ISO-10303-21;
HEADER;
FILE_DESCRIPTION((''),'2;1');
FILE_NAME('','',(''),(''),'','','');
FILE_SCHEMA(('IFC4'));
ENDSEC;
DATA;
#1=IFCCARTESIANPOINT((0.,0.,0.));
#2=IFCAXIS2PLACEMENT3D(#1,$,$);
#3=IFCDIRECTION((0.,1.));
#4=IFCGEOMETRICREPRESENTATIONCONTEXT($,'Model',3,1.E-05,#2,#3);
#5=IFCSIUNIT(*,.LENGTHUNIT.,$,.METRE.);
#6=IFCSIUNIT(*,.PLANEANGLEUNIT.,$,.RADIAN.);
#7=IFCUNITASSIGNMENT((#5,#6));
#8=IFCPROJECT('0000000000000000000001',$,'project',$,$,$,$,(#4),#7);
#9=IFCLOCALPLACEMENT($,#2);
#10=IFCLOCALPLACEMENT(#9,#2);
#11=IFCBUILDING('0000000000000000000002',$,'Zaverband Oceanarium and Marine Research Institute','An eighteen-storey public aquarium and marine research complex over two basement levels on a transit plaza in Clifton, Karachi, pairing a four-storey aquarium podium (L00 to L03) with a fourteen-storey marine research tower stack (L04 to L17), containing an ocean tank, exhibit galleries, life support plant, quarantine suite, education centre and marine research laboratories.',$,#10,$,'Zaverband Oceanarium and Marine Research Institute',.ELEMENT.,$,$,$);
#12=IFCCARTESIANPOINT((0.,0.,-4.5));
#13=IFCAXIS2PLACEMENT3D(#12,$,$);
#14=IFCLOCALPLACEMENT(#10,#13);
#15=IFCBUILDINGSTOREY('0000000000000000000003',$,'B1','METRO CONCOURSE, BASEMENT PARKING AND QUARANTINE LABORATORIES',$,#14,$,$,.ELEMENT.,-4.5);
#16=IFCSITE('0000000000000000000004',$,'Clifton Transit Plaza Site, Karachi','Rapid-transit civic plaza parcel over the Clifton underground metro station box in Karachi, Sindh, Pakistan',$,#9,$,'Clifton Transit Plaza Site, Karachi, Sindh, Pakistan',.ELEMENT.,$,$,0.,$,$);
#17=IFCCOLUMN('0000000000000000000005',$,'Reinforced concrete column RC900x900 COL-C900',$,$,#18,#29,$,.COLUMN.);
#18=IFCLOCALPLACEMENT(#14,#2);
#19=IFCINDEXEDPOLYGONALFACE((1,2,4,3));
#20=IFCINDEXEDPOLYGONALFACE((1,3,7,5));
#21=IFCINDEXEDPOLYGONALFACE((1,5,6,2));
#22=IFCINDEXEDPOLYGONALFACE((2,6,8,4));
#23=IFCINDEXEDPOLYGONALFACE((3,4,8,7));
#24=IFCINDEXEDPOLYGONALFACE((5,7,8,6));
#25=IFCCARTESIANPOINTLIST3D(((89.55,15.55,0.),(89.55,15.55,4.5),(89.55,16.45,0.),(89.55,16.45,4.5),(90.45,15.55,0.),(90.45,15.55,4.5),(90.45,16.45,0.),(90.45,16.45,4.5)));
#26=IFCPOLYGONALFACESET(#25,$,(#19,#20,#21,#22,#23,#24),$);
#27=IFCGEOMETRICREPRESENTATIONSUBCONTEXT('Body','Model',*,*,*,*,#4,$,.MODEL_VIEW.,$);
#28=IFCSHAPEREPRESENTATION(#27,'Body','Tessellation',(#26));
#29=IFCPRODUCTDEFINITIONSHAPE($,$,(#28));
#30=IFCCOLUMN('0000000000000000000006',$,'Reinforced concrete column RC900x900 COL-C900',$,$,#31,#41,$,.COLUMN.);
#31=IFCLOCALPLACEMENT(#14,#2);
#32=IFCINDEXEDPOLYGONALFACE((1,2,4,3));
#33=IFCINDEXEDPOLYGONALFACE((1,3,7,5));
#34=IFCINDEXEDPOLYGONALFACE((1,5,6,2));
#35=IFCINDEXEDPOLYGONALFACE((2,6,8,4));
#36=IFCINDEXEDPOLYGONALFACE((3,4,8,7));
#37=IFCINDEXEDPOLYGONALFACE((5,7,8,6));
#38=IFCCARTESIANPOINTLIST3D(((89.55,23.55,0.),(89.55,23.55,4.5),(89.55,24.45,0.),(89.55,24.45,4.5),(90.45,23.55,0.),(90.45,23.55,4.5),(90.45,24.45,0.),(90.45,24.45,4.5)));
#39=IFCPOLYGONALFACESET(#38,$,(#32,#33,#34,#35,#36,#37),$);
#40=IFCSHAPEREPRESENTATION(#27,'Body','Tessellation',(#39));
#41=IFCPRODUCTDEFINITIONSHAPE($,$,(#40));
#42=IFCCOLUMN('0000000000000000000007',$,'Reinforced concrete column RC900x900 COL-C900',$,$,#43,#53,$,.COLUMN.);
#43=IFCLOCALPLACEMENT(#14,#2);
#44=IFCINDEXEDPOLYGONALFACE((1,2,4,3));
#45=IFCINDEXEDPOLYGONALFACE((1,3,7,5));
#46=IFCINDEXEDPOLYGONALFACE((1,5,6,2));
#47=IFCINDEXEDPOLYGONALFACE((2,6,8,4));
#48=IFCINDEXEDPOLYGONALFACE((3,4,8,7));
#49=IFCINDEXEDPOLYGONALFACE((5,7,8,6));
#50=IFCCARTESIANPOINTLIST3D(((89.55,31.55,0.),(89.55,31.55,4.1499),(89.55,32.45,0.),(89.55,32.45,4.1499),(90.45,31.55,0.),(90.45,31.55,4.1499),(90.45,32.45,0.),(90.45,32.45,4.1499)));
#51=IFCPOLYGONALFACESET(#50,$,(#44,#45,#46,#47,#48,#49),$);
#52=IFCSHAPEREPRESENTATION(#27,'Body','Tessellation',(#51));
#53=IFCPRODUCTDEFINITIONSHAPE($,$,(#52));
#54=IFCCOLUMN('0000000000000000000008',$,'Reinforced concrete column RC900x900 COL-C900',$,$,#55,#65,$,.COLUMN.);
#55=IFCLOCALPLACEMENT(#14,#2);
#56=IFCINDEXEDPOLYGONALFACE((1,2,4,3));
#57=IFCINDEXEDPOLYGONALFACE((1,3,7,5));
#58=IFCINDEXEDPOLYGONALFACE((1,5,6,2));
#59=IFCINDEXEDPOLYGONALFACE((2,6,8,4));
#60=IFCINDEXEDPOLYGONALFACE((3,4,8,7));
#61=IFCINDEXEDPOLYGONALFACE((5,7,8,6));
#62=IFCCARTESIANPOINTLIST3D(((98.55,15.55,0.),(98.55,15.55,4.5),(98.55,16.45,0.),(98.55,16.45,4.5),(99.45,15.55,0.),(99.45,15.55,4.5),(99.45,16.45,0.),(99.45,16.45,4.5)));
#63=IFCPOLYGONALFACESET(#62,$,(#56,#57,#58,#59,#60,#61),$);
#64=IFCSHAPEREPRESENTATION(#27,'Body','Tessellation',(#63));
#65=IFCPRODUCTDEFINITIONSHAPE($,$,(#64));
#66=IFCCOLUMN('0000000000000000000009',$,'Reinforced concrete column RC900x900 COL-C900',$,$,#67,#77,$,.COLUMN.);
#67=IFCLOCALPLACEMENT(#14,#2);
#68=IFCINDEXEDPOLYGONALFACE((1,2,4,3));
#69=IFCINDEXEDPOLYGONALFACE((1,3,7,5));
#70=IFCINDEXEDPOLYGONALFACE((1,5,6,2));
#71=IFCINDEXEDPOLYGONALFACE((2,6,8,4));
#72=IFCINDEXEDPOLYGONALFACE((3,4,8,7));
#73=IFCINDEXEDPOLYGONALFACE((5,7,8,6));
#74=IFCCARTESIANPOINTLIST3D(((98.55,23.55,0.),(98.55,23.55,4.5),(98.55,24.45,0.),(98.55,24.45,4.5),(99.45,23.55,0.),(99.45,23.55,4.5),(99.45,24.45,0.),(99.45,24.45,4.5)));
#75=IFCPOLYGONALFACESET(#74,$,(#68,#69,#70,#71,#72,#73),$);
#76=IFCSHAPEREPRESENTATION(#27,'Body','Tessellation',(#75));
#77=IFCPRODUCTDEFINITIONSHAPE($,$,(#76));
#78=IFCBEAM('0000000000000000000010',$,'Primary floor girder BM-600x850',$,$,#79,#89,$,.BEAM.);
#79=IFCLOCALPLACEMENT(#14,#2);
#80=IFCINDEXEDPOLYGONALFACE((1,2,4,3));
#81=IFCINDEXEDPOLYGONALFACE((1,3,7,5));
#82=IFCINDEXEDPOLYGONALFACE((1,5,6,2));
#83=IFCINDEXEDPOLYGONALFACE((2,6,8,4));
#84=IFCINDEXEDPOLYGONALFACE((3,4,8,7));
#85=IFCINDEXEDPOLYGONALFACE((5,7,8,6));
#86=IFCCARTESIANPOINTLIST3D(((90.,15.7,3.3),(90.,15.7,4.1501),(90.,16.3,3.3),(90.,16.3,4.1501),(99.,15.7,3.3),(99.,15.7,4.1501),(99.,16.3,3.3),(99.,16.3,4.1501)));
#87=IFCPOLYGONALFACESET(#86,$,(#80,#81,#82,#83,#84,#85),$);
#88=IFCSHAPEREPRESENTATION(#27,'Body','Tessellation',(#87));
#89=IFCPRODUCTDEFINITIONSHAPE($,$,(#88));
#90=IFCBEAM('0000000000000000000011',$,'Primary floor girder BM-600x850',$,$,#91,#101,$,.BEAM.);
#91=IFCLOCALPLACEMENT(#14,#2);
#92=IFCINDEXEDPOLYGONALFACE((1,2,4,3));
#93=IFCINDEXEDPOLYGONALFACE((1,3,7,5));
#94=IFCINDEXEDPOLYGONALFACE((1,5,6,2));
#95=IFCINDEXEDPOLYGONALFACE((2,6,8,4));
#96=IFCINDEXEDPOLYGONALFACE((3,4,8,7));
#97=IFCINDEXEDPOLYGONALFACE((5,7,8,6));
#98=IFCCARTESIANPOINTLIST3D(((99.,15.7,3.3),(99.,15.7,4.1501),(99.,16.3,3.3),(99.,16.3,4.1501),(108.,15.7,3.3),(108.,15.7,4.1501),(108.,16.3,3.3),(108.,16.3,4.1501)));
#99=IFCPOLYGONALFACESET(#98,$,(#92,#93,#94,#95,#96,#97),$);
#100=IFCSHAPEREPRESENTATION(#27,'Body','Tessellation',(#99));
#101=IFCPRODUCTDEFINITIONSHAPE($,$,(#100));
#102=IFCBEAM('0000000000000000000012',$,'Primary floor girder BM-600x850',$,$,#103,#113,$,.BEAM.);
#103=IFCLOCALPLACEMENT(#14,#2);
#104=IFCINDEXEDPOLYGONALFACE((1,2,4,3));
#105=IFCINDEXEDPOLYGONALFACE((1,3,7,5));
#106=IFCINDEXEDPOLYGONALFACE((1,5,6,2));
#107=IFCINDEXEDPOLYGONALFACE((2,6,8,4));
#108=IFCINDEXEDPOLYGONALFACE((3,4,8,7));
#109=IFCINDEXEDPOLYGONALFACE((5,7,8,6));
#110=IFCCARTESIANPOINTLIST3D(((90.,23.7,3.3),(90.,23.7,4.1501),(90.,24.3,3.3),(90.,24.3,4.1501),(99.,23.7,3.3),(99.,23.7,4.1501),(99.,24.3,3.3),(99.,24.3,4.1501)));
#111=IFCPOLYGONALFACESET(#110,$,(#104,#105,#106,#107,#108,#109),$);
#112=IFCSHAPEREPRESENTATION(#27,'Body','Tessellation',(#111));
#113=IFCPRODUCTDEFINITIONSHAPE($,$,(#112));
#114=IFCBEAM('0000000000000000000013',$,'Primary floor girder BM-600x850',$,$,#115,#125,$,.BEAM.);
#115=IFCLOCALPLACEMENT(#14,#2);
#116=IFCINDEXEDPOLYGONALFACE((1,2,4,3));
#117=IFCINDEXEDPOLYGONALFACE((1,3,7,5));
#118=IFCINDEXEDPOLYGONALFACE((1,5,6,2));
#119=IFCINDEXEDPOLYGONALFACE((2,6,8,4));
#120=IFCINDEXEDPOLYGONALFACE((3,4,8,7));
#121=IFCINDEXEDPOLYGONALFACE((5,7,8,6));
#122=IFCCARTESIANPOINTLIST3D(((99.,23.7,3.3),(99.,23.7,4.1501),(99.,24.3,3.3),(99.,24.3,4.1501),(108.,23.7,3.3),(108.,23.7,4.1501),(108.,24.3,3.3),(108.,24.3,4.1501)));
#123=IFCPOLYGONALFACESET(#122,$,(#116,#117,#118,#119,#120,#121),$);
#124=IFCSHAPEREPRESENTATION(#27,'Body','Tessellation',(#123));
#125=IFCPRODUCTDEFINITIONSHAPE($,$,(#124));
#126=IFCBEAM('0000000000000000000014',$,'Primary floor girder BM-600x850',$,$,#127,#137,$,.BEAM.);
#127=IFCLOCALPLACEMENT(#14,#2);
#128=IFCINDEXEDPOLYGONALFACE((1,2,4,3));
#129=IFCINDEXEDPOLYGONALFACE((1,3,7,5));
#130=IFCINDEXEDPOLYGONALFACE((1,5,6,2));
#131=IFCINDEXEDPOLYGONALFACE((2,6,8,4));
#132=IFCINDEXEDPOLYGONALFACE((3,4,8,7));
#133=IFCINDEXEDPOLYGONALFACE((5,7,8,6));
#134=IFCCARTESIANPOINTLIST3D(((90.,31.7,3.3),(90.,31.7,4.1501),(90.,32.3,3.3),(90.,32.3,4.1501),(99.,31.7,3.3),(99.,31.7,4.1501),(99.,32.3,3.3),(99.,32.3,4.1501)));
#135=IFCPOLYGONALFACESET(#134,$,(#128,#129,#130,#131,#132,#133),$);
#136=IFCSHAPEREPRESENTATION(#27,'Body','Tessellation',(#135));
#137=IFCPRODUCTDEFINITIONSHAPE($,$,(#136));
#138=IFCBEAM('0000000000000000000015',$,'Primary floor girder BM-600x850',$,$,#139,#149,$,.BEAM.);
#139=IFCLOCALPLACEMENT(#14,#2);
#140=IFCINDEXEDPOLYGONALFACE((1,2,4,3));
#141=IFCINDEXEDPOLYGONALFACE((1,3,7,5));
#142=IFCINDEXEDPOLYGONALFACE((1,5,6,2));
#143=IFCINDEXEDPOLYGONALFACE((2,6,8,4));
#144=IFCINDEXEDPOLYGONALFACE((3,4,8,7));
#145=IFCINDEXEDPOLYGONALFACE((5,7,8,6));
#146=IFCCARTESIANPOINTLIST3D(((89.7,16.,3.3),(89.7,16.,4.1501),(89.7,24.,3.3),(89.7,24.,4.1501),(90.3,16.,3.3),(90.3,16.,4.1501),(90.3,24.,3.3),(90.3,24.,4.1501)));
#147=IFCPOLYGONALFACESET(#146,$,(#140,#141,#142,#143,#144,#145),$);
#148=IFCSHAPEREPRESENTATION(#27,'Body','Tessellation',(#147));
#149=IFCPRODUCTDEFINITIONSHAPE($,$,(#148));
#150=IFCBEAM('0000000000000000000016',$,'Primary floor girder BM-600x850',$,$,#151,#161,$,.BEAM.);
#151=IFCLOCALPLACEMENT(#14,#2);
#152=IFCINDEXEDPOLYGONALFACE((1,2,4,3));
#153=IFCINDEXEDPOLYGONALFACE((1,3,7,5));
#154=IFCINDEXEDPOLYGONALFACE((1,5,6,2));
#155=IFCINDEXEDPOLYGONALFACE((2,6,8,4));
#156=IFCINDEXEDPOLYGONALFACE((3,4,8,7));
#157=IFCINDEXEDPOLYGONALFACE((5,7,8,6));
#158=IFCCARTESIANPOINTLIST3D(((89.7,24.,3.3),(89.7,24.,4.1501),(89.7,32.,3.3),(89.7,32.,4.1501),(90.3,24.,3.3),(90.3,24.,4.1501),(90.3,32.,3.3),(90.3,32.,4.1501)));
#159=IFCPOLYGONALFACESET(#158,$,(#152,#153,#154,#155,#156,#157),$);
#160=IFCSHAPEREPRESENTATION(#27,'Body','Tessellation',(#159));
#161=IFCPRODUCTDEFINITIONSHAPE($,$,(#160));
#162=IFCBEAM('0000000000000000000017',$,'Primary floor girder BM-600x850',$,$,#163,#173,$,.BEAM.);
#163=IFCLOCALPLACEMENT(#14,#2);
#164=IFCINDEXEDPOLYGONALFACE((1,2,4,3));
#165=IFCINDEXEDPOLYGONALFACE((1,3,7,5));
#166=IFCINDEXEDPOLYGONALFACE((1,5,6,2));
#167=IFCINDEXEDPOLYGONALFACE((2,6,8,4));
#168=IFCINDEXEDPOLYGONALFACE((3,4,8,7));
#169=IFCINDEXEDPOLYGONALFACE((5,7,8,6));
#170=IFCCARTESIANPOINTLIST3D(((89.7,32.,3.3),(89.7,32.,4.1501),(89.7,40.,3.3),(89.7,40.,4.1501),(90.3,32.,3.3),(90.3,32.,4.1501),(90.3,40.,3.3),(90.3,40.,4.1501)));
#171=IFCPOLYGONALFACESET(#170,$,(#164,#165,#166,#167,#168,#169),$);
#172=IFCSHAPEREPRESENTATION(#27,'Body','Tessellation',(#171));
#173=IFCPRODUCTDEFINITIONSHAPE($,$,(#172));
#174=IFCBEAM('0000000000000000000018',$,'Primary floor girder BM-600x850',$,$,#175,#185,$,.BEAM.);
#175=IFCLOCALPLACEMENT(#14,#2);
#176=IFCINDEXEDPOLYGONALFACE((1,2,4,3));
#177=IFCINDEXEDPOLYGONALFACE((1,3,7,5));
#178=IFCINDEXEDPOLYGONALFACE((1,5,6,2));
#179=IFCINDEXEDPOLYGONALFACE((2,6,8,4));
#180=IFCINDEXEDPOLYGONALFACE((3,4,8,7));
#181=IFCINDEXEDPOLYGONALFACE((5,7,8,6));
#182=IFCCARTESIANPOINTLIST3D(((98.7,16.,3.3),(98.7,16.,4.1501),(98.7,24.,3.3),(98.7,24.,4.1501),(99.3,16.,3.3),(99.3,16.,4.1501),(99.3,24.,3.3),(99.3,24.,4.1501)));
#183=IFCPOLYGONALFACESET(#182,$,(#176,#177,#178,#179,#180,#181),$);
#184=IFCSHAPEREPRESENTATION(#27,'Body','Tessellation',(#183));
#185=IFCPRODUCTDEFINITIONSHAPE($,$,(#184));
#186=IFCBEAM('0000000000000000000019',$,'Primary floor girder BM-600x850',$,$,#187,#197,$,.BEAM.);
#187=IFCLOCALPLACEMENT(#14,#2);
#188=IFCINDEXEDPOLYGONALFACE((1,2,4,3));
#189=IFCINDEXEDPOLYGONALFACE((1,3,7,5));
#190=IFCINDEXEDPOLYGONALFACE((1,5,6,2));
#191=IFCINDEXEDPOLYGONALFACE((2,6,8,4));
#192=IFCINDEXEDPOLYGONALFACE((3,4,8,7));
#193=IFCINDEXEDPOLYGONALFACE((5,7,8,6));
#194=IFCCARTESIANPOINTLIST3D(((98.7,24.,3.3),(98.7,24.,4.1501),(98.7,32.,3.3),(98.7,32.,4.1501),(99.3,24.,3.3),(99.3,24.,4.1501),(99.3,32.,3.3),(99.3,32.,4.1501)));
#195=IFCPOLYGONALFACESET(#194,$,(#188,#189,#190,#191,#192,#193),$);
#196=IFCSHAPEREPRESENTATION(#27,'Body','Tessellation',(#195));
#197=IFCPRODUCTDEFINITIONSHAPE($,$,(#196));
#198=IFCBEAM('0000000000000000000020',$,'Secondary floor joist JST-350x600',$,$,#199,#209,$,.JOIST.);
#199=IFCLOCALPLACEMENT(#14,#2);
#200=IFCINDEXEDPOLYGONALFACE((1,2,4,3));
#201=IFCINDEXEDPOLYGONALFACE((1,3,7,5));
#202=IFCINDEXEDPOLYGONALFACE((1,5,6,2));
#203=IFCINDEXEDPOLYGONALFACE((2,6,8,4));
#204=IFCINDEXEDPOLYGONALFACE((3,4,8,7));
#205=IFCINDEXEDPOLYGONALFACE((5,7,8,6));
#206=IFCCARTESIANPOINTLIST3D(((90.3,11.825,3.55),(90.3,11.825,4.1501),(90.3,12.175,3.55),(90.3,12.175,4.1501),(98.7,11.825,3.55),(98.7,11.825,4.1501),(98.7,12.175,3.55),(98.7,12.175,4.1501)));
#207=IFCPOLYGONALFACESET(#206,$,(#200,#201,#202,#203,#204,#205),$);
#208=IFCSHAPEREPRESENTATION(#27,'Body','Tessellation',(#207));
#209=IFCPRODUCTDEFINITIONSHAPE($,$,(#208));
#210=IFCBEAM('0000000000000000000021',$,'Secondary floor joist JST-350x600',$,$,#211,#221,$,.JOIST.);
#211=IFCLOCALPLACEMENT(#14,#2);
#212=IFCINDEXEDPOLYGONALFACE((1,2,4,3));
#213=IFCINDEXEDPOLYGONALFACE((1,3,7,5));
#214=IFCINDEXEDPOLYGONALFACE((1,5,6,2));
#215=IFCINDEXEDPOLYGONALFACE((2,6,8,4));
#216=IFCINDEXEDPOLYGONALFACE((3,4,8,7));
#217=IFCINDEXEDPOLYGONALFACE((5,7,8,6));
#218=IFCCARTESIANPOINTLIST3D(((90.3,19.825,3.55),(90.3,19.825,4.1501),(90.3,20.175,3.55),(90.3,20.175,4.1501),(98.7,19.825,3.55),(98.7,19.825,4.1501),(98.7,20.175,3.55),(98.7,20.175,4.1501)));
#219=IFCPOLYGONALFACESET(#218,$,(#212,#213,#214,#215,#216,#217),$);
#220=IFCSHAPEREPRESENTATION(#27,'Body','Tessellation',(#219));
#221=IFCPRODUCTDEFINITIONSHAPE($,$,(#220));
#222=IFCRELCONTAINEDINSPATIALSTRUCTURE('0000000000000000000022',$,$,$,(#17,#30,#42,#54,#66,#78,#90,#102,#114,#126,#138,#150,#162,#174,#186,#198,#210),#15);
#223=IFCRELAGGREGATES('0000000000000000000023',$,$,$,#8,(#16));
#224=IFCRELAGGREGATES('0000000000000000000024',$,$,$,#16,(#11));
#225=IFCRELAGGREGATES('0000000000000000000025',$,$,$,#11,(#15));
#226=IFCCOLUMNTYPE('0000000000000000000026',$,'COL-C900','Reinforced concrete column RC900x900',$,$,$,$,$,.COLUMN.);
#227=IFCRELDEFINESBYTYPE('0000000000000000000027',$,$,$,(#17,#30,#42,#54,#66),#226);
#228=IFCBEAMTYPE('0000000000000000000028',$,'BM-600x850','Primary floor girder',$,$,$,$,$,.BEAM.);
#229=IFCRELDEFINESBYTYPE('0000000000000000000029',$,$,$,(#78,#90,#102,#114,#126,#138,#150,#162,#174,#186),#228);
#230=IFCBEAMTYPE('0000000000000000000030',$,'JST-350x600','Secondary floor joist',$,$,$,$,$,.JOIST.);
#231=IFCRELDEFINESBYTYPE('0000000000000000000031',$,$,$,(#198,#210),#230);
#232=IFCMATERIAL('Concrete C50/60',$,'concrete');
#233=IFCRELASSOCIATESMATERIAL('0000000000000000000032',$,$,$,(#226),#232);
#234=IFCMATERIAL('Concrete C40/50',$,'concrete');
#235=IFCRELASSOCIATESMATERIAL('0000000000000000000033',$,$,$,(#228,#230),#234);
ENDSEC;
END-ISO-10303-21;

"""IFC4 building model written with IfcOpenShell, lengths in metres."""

from ifc_helpers import new_model, si_unit, direction, frame, origin, origin_2d, place, context, subcontext, project, spatial, rectangle, extrude, material, material_profile, profile_set, type_object, element, save


model = new_model("IFC4")

# Units and contexts
model_context = context("Model", 3, precision=1e-05, world=origin(), true_north=direction((0.0, 1.0)))
body_context = subcontext(model_context, "Body", "Model", "MODEL_VIEW")
ifc_project = project(units=[si_unit("LENGTHUNIT", "METRE"), si_unit("PLANEANGLEUNIT", "RADIAN")], contexts=[model_context])

# Site, building, storey
site_placement = place(None, origin())
site = spatial("IfcSite", under=ifc_project, at=site_placement, Name="Clifton Transit Plaza Site, Karachi", Description="Rapid-transit civic plaza parcel over the Clifton underground metro station box in Karachi, Sindh, Pakistan", LongName="Clifton Transit Plaza Site, Karachi, Sindh, Pakistan", CompositionType="ELEMENT", RefElevation=0.0)
building_placement = place(site_placement, origin())
building = spatial("IfcBuilding", under=site, at=building_placement, Name="Zaverband Oceanarium and Marine Research Institute", Description="An eighteen-storey public aquarium and marine research complex over two basement levels on a transit plaza in Clifton, Karachi, pairing a four-storey aquarium podium (L00 to L03) with a fourteen-storey marine research tower stack (L04 to L17), containing an ocean tank, exhibit galleries, life support plant, quarantine suite, education centre and marine research laboratories.", LongName="Zaverband Oceanarium and Marine Research Institute", CompositionType="ELEMENT")
storey_placement = place(building_placement, frame((0.0, 0.0, -4.5)))
storey = spatial("IfcBuildingStorey", under=building, at=storey_placement, Name="B1", Description="METRO CONCOURSE, BASEMENT PARKING AND QUARANTINE LABORATORIES", CompositionType="ELEMENT", Elevation=-4.5)

# Columns
ifc_material_1 = material(Name="Concrete C50/60", Category="concrete")
ifc_material_profile_1 = material_profile(ifc_material_1, rectangle(XDim=0.8999, YDim=0.8999, at=origin_2d()), Name="RC900x900")
ifc_profile_set_1 = profile_set([ifc_material_profile_1], Name="Concrete C50/60")
column_type = type_object("IfcColumnType", Name="COL-C900", Description="Reinforced concrete column RC900x900", PredefinedType="COLUMN", material=ifc_profile_set_1)
for number, where, z_axis, x_axis, name in (
    (1, (90.0, 16.0, 0.0), (0.0, 0.0, 1.0), (1.0, 0.0, 0.0), "Reinforced concrete column RC900x900 COL-C900"),
    (2, (90.0, 24.0, 0.0), (0.0, 0.0, 1.0), (1.0, 0.0, 0.0), "Reinforced concrete column RC900x900 COL-C900"),
):
    element("IfcColumn", number, at=place(storey_placement, frame(where, z_axis=z_axis, x_axis=x_axis)), inside=storey, type_object=column_type, Name=name, PredefinedType="COLUMN", context=body_context, shape_type="SweptSolid", body=[
        extrude(rectangle(XDim=0.8999, YDim=0.8999, at=origin_2d()), origin(), (0.0, 0.0, 1.0), 4.5),
    ])
column_placement = place(storey_placement, frame((90.0, 32.0, 0.0), z_axis=(0.0, 0.0, 1.0), x_axis=(1.0, 0.0, 0.0)))
element("IfcColumn", 3, at=column_placement, inside=storey, type_object=column_type, Name="Reinforced concrete column RC900x900 COL-C900", PredefinedType="COLUMN", context=body_context, shape_type="SweptSolid", body=[
    extrude(rectangle(XDim=0.8999, YDim=0.8999, at=origin_2d()), origin(), (0.0, 0.0, 1.0), 4.1499),
])
for number, where, z_axis, x_axis, name in (
    (4, (99.0, 16.0, 0.0), (0.0, 0.0, 1.0), (1.0, 0.0, 0.0), "Reinforced concrete column RC900x900 COL-C900"),
    (5, (99.0, 24.0, 0.0), (0.0, 0.0, 1.0), (1.0, 0.0, 0.0), "Reinforced concrete column RC900x900 COL-C900"),
):
    element("IfcColumn", number, at=place(storey_placement, frame(where, z_axis=z_axis, x_axis=x_axis)), inside=storey, type_object=column_type, Name=name, PredefinedType="COLUMN", context=body_context, shape_type="SweptSolid", body=[
        extrude(rectangle(XDim=0.8999, YDim=0.8999, at=origin_2d()), origin(), (0.0, 0.0, 1.0), 4.5),
    ])

# Beams
ifc_material_2 = material(Name="Concrete C40/50", Category="concrete")
ifc_material_profile_2 = material_profile(ifc_material_2, rectangle(XDim=0.6001, YDim=0.8501, at=origin_2d()), Name="RC600x850")
ifc_profile_set_2 = profile_set([ifc_material_profile_2], Name="Concrete C40/50")
beam_type_1 = type_object("IfcBeamType", Name="BM-600x850", Description="Primary floor girder", PredefinedType="BEAM", material=ifc_profile_set_2)
for number, where, z_axis, x_axis, name in (
    (6, (90.0, 16.0, 3.7251), (1.0, 0.0, 0.0), (0.0, 1.0, 0.0), "Primary floor girder BM-600x850"),
    (7, (99.0, 16.0, 3.7251), (1.0, 0.0, 0.0), (0.0, 1.0, 0.0), "Primary floor girder BM-600x850"),
    (8, (90.0, 24.0, 3.7251), (1.0, 0.0, 0.0), (0.0, 1.0, 0.0), "Primary floor girder BM-600x850"),
    (9, (99.0, 24.0, 3.7251), (1.0, 0.0, 0.0), (0.0, 1.0, 0.0), "Primary floor girder BM-600x850"),
    (10, (90.0, 32.0, 3.7251), (1.0, 0.0, 0.0), (0.0, 1.0, 0.0), "Primary floor girder BM-600x850"),
):
    element("IfcBeam", number, at=place(storey_placement, frame(where, z_axis=z_axis, x_axis=x_axis)), inside=storey, type_object=beam_type_1, Name=name, PredefinedType="BEAM", context=body_context, shape_type="SweptSolid", body=[
        extrude(rectangle(XDim=0.6001, YDim=0.8501, at=origin_2d()), origin(), (0.0, 0.0, 1.0), 9.0),
    ])
for number, where, z_axis, x_axis, name in (
    (11, (90.0, 16.0, 3.7251), (0.0, 1.0, 0.0), (-1.0, 0.0, 0.0), "Primary floor girder BM-600x850"),
    (12, (90.0, 24.0, 3.7251), (0.0, 1.0, 0.0), (-1.0, 0.0, 0.0), "Primary floor girder BM-600x850"),
    (13, (90.0, 32.0, 3.7251), (0.0, 1.0, 0.0), (-1.0, 0.0, 0.0), "Primary floor girder BM-600x850"),
    (14, (99.0, 16.0, 3.7251), (0.0, 1.0, 0.0), (-1.0, 0.0, 0.0), "Primary floor girder BM-600x850"),
    (15, (99.0, 24.0, 3.7251), (0.0, 1.0, 0.0), (-1.0, 0.0, 0.0), "Primary floor girder BM-600x850"),
):
    element("IfcBeam", number, at=place(storey_placement, frame(where, z_axis=z_axis, x_axis=x_axis)), inside=storey, type_object=beam_type_1, Name=name, PredefinedType="BEAM", context=body_context, shape_type="SweptSolid", body=[
        extrude(rectangle(XDim=0.6001, YDim=0.8501, at=origin_2d()), origin(), (0.0, 0.0, 1.0), 8.0),
    ])
ifc_material_profile_3 = material_profile(ifc_material_2, rectangle(XDim=0.3501, YDim=0.6001, at=origin_2d()), Name="RC350x600")
ifc_profile_set_3 = profile_set([ifc_material_profile_3], Name="Concrete C40/50")
beam_type_2 = type_object("IfcBeamType", Name="JST-350x600", Description="Secondary floor joist", PredefinedType="JOIST", material=ifc_profile_set_3)
for number, where, z_axis, x_axis, name in (
    (16, (90.3, 12.0, 3.8501), (1.0, 0.0, 0.0), (0.0, 1.0, 0.0), "Secondary floor joist JST-350x600"),
    (17, (90.3, 20.0, 3.8501), (1.0, 0.0, 0.0), (0.0, 1.0, 0.0), "Secondary floor joist JST-350x600"),
):
    element("IfcBeam", number, at=place(storey_placement, frame(where, z_axis=z_axis, x_axis=x_axis)), inside=storey, type_object=beam_type_2, Name=name, PredefinedType="JOIST", context=body_context, shape_type="SweptSolid", body=[
        extrude(rectangle(XDim=0.3501, YDim=0.6001, at=origin_2d()), origin(), (0.0, 0.0, 1.0), 8.3999),
    ])

save(model, "model.ifc")
